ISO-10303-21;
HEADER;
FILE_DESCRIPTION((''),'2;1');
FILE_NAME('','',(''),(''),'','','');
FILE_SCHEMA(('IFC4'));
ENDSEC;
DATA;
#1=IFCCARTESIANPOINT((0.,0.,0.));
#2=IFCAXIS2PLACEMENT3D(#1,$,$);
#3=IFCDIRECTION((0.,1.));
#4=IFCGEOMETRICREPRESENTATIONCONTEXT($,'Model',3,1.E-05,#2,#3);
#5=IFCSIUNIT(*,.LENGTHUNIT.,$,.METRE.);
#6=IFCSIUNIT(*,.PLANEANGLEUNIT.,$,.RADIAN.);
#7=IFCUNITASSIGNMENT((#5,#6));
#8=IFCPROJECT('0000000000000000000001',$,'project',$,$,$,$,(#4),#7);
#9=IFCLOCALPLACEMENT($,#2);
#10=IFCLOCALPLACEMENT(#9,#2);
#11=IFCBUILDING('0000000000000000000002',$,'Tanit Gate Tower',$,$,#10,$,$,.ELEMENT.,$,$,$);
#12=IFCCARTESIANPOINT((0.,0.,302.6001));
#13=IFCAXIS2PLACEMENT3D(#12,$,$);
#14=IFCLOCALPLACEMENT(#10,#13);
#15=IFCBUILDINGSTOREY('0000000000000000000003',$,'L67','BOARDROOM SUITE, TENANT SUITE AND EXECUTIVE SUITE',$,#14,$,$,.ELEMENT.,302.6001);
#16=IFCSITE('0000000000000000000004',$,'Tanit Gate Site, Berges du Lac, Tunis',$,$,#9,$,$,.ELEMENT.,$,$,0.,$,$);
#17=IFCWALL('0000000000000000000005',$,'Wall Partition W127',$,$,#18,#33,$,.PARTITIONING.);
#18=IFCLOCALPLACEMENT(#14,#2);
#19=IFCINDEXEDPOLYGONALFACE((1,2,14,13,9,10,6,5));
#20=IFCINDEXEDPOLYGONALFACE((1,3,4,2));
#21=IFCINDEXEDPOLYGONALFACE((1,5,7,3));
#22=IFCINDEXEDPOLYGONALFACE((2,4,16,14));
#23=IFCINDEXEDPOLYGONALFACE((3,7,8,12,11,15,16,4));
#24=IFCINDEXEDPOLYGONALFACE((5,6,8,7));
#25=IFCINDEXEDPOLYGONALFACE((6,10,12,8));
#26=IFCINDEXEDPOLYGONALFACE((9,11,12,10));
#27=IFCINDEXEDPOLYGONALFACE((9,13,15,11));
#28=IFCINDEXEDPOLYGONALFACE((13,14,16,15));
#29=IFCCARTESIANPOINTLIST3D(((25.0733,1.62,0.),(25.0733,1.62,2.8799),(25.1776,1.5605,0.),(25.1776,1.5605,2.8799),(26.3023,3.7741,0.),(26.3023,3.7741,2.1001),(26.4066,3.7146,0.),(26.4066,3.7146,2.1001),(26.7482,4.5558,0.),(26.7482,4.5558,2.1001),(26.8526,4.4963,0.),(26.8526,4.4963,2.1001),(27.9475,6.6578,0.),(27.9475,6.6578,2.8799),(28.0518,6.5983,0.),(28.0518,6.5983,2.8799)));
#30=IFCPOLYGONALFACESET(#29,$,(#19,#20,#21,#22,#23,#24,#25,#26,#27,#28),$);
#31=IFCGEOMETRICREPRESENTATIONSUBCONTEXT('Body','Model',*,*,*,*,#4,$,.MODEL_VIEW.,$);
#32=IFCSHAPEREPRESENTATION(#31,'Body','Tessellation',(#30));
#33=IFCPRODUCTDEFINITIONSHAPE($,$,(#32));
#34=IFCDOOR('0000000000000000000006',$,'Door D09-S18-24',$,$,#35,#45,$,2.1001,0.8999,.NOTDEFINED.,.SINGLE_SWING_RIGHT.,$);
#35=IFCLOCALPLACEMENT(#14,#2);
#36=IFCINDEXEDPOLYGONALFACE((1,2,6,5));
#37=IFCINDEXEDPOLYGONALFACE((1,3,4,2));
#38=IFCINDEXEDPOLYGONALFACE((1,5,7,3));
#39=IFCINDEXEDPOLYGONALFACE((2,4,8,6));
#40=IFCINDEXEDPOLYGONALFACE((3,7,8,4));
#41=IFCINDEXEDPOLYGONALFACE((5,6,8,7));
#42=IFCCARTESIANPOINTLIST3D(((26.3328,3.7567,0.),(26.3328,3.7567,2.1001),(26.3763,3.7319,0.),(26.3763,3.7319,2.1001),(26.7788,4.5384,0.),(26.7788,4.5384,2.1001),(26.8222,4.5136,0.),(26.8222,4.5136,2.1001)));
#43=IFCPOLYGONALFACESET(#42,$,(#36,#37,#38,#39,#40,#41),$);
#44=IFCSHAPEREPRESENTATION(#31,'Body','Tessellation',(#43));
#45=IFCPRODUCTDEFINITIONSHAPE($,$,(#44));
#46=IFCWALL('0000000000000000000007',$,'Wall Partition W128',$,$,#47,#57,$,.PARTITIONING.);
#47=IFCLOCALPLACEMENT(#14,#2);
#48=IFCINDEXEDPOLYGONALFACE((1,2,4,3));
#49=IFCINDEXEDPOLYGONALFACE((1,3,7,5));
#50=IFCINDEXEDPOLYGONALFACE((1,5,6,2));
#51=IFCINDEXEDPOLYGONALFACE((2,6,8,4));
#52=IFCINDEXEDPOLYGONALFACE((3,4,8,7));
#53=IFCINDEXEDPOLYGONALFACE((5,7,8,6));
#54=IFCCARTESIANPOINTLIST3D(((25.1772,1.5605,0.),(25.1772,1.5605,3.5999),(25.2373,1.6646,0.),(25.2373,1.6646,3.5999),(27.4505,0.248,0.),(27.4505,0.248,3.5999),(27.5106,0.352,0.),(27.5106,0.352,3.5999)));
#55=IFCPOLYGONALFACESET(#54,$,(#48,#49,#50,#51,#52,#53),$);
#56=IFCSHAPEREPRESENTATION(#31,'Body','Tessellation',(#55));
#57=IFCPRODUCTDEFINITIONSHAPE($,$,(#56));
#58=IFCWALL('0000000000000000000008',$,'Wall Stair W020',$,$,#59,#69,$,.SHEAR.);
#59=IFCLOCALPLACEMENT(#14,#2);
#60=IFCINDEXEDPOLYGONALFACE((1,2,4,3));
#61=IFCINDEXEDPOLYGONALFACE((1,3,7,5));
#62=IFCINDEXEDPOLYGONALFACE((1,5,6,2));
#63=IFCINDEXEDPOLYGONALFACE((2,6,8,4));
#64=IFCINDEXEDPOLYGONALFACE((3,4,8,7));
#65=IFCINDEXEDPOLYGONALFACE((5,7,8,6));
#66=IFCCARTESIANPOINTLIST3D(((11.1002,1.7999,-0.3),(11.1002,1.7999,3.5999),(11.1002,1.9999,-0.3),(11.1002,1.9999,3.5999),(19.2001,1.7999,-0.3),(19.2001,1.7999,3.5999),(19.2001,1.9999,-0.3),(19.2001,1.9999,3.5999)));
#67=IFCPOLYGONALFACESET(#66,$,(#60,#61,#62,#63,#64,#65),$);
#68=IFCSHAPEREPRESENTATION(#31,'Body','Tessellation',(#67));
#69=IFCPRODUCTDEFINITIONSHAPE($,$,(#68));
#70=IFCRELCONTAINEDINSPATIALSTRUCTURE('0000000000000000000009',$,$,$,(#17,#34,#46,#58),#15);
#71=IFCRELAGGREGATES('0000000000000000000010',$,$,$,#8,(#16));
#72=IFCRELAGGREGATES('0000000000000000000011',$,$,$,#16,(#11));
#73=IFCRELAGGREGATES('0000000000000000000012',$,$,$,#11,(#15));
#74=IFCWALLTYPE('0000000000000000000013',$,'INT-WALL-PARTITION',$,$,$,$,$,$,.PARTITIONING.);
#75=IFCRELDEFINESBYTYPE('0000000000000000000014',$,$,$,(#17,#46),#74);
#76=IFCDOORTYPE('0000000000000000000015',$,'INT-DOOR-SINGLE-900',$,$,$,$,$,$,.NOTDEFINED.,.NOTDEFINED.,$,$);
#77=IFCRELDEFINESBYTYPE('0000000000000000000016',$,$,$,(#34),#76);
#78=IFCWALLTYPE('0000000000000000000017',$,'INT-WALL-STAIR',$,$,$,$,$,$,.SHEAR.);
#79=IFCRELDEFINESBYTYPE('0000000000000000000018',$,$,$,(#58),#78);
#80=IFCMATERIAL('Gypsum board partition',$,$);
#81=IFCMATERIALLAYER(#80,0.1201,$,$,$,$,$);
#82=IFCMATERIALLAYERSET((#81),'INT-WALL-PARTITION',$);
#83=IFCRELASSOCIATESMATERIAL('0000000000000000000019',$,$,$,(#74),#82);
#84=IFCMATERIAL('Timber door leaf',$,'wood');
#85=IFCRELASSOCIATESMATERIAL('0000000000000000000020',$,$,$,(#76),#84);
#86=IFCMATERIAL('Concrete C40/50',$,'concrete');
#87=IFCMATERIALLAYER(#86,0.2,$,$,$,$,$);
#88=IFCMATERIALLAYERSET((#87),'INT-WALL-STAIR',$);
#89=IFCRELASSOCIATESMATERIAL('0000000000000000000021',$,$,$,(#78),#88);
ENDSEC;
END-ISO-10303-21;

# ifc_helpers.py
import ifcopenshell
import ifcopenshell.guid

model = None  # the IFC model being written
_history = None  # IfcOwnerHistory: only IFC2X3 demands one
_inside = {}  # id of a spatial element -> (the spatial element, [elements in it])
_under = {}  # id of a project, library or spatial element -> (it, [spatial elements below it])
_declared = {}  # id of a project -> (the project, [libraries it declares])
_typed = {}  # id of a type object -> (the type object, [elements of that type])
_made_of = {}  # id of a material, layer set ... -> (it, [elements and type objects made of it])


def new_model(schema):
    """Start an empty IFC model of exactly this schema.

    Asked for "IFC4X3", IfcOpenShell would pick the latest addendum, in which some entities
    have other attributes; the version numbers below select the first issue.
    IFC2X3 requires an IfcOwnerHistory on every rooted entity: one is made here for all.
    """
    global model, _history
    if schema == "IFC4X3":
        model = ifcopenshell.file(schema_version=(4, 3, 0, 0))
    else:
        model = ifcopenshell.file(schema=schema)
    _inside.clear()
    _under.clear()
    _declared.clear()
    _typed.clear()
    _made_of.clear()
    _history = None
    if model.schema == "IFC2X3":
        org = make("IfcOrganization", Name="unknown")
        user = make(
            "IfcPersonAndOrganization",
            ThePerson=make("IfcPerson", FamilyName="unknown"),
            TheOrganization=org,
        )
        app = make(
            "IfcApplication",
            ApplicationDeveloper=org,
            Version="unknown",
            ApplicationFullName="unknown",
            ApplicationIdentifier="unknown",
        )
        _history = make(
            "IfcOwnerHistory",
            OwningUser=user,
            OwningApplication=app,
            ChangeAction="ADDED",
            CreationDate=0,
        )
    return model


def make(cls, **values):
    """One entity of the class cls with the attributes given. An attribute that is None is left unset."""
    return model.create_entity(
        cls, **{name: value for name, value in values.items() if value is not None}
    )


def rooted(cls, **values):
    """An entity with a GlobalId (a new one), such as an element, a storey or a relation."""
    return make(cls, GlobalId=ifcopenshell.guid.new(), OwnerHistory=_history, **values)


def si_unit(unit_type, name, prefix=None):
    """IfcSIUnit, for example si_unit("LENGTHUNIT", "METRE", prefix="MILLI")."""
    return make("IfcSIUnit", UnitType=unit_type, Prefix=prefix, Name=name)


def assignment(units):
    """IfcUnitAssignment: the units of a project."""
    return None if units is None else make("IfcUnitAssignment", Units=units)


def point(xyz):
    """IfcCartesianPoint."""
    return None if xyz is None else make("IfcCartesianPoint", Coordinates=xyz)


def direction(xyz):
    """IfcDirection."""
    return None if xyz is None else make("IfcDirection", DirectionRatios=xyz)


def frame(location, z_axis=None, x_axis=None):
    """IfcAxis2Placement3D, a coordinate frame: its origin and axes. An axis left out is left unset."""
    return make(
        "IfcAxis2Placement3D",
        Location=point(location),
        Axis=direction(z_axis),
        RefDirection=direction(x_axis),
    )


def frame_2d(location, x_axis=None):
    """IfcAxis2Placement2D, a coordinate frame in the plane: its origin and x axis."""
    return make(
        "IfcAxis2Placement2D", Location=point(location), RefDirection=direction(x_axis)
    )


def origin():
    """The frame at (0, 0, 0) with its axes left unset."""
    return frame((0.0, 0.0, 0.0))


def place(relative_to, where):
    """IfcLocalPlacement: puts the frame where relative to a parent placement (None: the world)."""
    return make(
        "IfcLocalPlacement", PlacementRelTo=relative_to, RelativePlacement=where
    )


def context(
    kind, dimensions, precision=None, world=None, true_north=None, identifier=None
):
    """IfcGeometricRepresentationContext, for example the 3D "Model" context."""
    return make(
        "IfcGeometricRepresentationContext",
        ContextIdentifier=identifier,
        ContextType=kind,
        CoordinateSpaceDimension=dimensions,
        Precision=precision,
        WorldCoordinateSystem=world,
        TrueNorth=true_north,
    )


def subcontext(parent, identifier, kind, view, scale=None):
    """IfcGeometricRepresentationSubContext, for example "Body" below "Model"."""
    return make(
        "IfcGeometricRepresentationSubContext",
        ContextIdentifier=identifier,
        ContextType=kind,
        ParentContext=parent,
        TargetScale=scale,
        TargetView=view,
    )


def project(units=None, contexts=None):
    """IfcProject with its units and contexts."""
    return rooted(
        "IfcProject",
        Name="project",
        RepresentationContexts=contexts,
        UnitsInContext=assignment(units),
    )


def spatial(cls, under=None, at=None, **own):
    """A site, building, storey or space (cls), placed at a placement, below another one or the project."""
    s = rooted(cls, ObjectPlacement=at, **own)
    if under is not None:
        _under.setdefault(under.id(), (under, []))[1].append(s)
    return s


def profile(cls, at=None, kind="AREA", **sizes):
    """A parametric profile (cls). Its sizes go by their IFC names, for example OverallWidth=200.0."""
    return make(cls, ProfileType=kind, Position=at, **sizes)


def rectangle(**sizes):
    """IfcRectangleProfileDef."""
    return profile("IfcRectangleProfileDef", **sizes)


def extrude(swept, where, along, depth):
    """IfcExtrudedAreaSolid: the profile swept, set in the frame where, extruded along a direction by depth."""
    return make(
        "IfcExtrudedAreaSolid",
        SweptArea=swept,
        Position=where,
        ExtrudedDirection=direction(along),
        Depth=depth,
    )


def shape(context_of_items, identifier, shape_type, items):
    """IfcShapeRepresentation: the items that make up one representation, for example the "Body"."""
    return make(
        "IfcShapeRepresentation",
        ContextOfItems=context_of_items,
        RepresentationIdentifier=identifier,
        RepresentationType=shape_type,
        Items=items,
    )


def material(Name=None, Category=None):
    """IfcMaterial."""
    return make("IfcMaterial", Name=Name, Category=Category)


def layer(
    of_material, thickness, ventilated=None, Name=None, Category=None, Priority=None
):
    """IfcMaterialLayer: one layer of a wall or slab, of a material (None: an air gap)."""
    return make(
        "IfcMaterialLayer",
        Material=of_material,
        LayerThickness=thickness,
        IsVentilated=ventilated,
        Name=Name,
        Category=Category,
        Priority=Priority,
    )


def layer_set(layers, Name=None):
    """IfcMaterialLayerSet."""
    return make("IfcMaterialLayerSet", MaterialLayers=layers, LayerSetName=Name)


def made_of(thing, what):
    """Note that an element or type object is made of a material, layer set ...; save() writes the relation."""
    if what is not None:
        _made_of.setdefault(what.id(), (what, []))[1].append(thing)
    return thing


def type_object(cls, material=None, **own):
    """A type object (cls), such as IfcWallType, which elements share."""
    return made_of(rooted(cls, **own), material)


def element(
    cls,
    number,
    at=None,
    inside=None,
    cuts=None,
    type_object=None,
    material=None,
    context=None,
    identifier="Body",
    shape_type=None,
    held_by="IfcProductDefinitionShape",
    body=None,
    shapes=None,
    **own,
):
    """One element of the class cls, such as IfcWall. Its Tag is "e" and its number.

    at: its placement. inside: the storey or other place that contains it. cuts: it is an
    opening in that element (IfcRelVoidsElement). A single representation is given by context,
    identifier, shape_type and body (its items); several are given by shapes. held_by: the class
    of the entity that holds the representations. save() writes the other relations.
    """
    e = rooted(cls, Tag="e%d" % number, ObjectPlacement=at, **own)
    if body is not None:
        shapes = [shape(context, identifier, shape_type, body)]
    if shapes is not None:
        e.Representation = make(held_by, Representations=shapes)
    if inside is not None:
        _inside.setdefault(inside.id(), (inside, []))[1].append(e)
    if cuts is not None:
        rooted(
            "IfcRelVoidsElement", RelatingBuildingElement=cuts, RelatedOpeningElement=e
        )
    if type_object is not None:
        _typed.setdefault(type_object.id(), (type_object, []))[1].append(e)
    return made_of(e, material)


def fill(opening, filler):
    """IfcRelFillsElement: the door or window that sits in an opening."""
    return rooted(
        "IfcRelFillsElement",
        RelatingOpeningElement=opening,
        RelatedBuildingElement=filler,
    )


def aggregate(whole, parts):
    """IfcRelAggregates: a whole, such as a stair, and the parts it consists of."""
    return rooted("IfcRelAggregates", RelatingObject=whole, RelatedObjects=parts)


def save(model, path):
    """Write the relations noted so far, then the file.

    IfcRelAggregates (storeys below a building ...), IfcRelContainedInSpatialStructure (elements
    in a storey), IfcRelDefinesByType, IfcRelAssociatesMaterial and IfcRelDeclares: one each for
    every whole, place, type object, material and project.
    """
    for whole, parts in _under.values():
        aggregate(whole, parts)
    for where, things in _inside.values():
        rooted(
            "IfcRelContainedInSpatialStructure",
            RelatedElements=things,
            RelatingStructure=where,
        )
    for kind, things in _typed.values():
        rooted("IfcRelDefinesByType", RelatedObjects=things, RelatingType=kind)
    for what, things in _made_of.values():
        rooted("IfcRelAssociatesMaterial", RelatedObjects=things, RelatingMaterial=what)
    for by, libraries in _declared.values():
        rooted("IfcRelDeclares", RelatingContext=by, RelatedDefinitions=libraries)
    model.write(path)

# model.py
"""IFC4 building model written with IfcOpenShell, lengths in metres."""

from ifc_helpers import new_model, si_unit, direction, frame, frame_2d, origin, place, context, subcontext, project, spatial, rectangle, extrude, material, layer, layer_set, type_object, element, fill, save


model = new_model("IFC4")

# Units and contexts
model_context = context("Model", 3, precision=1e-05, world=origin(), true_north=direction((0.0, 1.0)))
body_context = subcontext(model_context, "Body", "Model", "MODEL_VIEW")
ifc_project = project(units=[si_unit("LENGTHUNIT", "METRE"), si_unit("PLANEANGLEUNIT", "RADIAN")], contexts=[model_context])

# Site, building, storey
site_placement = place(None, origin())
site = spatial("IfcSite", under=ifc_project, at=site_placement, Name="Tanit Gate Site, Berges du Lac, Tunis", CompositionType="ELEMENT", RefElevation=0.0)
building_placement = place(site_placement, origin())
building = spatial("IfcBuilding", under=site, at=building_placement, Name="Tanit Gate Tower", CompositionType="ELEMENT")
storey_placement = place(building_placement, frame((0.0, 0.0, 302.6001)))
storey = spatial("IfcBuildingStorey", under=building, at=storey_placement, Name="L67", Description="BOARDROOM SUITE, TENANT SUITE AND EXECUTIVE SUITE", CompositionType="ELEMENT", Elevation=302.6001)

# Shared definitions
ifc_material_1 = material(Name="Gypsum board partition")
ifc_layer_1 = layer(ifc_material_1, 0.1201)
ifc_layer_set_1 = layer_set([ifc_layer_1], Name="INT-WALL-PARTITION")
wall_type_1 = type_object("IfcWallType", Name="INT-WALL-PARTITION", PredefinedType="PARTITIONING", material=ifc_layer_set_1)

# Shared definitions
ifc_material_2 = material(Name="Timber door leaf", Category="wood")
door_type_1 = type_object("IfcDoorType", Name="INT-DOOR-SINGLE-900", OperationType="NOTDEFINED", PredefinedType="NOTDEFINED", material=ifc_material_2)

# Wall, opening, door
wall_1_placement = place(storey_placement, frame((25.1255, 1.5903, 0.0), z_axis=(0.0, 0.0, 1.0), x_axis=(0.495554, 0.868577, 0.0)))
wall_1 = element("IfcWall", 1, at=wall_1_placement, inside=storey, type_object=wall_type_1, Name="Wall Partition W127", PredefinedType="PARTITIONING", context=body_context, shape_type="SweptSolid", body=[
    extrude(rectangle(XDim=5.8, YDim=0.1201, at=frame_2d((2.8999, 0.0))), origin(), (0.0, 0.0, 1.0), 2.8799),
])
opening_1_placement = place(wall_1_placement, frame((2.48, 0.0, 0.0)))
opening_1 = element("IfcOpeningElement", 2, at=opening_1_placement, cuts=wall_1, PredefinedType="OPENING", context=body_context, shape_type="SweptSolid", body=[
    extrude(rectangle(XDim=0.8999, YDim=2.1001, at=frame_2d((0.45, 1.05))), frame((0.0, 0.0701, 0.0), z_axis=(0.0, -1.0, 0.0), x_axis=(1.0, 0.0, 0.0)), (0.0, 0.0, 1.0), 0.1401),
])
door_1_placement = place(opening_1_placement, origin())
door_1 = element("IfcDoor", 3, at=door_1_placement, inside=storey, type_object=door_type_1, Name="Door D09-S18-24", OperationType="SINGLE_SWING_RIGHT", OverallHeight=2.1001, OverallWidth=0.8999, PredefinedType="NOTDEFINED", context=body_context, shape_type="SweptSolid", body=[
    extrude(rectangle(XDim=0.8999, YDim=2.1001, at=frame_2d((0.45, 1.05))), frame((0.0, 0.0249, 0.0), z_axis=(0.0, -1.0, 0.0), x_axis=(1.0, 0.0, 0.0)), (0.0, 0.0, 1.0), 0.05),
])
fill(opening_1, door_1)

# Walls
wall_2_placement = place(storey_placement, frame((25.2073, 1.6125, 0.0), z_axis=(0.0, 0.0, 1.0), x_axis=(0.866014, -0.50002, 0.0)))
element("IfcWall", 4, at=wall_2_placement, inside=storey, type_object=wall_type_1, Name="Wall Partition W128", PredefinedType="PARTITIONING", context=body_context, shape_type="SweptSolid", body=[
    extrude(rectangle(XDim=2.625, YDim=0.1201, at=frame_2d((1.3125, 0.0))), origin(), (0.0, 0.0, 1.0), 3.5999),
])
ifc_material_3 = material(Name="Concrete C40/50", Category="concrete")
ifc_layer_2 = layer(ifc_material_3, 0.2)
ifc_layer_set_2 = layer_set([ifc_layer_2], Name="INT-WALL-STAIR")
wall_type_2 = type_object("IfcWallType", Name="INT-WALL-STAIR", PredefinedType="SHEAR", material=ifc_layer_set_2)
wall_3_placement = place(storey_placement, frame((19.2, 1.8999, -0.3), z_axis=(0.0, 0.0, 1.0), x_axis=(-1.0, 0.0, 0.0)))
element("IfcWall", 5, at=wall_3_placement, inside=storey, type_object=wall_type_2, Name="Wall Stair W020", PredefinedType="SHEAR", context=body_context, shape_type="SweptSolid", body=[
    extrude(rectangle(XDim=8.0999, YDim=0.2, at=frame_2d((4.0498, 0.0))), origin(), (0.0, 0.0, 1.0), 3.8999),
])

save(model, "model.ifc")
